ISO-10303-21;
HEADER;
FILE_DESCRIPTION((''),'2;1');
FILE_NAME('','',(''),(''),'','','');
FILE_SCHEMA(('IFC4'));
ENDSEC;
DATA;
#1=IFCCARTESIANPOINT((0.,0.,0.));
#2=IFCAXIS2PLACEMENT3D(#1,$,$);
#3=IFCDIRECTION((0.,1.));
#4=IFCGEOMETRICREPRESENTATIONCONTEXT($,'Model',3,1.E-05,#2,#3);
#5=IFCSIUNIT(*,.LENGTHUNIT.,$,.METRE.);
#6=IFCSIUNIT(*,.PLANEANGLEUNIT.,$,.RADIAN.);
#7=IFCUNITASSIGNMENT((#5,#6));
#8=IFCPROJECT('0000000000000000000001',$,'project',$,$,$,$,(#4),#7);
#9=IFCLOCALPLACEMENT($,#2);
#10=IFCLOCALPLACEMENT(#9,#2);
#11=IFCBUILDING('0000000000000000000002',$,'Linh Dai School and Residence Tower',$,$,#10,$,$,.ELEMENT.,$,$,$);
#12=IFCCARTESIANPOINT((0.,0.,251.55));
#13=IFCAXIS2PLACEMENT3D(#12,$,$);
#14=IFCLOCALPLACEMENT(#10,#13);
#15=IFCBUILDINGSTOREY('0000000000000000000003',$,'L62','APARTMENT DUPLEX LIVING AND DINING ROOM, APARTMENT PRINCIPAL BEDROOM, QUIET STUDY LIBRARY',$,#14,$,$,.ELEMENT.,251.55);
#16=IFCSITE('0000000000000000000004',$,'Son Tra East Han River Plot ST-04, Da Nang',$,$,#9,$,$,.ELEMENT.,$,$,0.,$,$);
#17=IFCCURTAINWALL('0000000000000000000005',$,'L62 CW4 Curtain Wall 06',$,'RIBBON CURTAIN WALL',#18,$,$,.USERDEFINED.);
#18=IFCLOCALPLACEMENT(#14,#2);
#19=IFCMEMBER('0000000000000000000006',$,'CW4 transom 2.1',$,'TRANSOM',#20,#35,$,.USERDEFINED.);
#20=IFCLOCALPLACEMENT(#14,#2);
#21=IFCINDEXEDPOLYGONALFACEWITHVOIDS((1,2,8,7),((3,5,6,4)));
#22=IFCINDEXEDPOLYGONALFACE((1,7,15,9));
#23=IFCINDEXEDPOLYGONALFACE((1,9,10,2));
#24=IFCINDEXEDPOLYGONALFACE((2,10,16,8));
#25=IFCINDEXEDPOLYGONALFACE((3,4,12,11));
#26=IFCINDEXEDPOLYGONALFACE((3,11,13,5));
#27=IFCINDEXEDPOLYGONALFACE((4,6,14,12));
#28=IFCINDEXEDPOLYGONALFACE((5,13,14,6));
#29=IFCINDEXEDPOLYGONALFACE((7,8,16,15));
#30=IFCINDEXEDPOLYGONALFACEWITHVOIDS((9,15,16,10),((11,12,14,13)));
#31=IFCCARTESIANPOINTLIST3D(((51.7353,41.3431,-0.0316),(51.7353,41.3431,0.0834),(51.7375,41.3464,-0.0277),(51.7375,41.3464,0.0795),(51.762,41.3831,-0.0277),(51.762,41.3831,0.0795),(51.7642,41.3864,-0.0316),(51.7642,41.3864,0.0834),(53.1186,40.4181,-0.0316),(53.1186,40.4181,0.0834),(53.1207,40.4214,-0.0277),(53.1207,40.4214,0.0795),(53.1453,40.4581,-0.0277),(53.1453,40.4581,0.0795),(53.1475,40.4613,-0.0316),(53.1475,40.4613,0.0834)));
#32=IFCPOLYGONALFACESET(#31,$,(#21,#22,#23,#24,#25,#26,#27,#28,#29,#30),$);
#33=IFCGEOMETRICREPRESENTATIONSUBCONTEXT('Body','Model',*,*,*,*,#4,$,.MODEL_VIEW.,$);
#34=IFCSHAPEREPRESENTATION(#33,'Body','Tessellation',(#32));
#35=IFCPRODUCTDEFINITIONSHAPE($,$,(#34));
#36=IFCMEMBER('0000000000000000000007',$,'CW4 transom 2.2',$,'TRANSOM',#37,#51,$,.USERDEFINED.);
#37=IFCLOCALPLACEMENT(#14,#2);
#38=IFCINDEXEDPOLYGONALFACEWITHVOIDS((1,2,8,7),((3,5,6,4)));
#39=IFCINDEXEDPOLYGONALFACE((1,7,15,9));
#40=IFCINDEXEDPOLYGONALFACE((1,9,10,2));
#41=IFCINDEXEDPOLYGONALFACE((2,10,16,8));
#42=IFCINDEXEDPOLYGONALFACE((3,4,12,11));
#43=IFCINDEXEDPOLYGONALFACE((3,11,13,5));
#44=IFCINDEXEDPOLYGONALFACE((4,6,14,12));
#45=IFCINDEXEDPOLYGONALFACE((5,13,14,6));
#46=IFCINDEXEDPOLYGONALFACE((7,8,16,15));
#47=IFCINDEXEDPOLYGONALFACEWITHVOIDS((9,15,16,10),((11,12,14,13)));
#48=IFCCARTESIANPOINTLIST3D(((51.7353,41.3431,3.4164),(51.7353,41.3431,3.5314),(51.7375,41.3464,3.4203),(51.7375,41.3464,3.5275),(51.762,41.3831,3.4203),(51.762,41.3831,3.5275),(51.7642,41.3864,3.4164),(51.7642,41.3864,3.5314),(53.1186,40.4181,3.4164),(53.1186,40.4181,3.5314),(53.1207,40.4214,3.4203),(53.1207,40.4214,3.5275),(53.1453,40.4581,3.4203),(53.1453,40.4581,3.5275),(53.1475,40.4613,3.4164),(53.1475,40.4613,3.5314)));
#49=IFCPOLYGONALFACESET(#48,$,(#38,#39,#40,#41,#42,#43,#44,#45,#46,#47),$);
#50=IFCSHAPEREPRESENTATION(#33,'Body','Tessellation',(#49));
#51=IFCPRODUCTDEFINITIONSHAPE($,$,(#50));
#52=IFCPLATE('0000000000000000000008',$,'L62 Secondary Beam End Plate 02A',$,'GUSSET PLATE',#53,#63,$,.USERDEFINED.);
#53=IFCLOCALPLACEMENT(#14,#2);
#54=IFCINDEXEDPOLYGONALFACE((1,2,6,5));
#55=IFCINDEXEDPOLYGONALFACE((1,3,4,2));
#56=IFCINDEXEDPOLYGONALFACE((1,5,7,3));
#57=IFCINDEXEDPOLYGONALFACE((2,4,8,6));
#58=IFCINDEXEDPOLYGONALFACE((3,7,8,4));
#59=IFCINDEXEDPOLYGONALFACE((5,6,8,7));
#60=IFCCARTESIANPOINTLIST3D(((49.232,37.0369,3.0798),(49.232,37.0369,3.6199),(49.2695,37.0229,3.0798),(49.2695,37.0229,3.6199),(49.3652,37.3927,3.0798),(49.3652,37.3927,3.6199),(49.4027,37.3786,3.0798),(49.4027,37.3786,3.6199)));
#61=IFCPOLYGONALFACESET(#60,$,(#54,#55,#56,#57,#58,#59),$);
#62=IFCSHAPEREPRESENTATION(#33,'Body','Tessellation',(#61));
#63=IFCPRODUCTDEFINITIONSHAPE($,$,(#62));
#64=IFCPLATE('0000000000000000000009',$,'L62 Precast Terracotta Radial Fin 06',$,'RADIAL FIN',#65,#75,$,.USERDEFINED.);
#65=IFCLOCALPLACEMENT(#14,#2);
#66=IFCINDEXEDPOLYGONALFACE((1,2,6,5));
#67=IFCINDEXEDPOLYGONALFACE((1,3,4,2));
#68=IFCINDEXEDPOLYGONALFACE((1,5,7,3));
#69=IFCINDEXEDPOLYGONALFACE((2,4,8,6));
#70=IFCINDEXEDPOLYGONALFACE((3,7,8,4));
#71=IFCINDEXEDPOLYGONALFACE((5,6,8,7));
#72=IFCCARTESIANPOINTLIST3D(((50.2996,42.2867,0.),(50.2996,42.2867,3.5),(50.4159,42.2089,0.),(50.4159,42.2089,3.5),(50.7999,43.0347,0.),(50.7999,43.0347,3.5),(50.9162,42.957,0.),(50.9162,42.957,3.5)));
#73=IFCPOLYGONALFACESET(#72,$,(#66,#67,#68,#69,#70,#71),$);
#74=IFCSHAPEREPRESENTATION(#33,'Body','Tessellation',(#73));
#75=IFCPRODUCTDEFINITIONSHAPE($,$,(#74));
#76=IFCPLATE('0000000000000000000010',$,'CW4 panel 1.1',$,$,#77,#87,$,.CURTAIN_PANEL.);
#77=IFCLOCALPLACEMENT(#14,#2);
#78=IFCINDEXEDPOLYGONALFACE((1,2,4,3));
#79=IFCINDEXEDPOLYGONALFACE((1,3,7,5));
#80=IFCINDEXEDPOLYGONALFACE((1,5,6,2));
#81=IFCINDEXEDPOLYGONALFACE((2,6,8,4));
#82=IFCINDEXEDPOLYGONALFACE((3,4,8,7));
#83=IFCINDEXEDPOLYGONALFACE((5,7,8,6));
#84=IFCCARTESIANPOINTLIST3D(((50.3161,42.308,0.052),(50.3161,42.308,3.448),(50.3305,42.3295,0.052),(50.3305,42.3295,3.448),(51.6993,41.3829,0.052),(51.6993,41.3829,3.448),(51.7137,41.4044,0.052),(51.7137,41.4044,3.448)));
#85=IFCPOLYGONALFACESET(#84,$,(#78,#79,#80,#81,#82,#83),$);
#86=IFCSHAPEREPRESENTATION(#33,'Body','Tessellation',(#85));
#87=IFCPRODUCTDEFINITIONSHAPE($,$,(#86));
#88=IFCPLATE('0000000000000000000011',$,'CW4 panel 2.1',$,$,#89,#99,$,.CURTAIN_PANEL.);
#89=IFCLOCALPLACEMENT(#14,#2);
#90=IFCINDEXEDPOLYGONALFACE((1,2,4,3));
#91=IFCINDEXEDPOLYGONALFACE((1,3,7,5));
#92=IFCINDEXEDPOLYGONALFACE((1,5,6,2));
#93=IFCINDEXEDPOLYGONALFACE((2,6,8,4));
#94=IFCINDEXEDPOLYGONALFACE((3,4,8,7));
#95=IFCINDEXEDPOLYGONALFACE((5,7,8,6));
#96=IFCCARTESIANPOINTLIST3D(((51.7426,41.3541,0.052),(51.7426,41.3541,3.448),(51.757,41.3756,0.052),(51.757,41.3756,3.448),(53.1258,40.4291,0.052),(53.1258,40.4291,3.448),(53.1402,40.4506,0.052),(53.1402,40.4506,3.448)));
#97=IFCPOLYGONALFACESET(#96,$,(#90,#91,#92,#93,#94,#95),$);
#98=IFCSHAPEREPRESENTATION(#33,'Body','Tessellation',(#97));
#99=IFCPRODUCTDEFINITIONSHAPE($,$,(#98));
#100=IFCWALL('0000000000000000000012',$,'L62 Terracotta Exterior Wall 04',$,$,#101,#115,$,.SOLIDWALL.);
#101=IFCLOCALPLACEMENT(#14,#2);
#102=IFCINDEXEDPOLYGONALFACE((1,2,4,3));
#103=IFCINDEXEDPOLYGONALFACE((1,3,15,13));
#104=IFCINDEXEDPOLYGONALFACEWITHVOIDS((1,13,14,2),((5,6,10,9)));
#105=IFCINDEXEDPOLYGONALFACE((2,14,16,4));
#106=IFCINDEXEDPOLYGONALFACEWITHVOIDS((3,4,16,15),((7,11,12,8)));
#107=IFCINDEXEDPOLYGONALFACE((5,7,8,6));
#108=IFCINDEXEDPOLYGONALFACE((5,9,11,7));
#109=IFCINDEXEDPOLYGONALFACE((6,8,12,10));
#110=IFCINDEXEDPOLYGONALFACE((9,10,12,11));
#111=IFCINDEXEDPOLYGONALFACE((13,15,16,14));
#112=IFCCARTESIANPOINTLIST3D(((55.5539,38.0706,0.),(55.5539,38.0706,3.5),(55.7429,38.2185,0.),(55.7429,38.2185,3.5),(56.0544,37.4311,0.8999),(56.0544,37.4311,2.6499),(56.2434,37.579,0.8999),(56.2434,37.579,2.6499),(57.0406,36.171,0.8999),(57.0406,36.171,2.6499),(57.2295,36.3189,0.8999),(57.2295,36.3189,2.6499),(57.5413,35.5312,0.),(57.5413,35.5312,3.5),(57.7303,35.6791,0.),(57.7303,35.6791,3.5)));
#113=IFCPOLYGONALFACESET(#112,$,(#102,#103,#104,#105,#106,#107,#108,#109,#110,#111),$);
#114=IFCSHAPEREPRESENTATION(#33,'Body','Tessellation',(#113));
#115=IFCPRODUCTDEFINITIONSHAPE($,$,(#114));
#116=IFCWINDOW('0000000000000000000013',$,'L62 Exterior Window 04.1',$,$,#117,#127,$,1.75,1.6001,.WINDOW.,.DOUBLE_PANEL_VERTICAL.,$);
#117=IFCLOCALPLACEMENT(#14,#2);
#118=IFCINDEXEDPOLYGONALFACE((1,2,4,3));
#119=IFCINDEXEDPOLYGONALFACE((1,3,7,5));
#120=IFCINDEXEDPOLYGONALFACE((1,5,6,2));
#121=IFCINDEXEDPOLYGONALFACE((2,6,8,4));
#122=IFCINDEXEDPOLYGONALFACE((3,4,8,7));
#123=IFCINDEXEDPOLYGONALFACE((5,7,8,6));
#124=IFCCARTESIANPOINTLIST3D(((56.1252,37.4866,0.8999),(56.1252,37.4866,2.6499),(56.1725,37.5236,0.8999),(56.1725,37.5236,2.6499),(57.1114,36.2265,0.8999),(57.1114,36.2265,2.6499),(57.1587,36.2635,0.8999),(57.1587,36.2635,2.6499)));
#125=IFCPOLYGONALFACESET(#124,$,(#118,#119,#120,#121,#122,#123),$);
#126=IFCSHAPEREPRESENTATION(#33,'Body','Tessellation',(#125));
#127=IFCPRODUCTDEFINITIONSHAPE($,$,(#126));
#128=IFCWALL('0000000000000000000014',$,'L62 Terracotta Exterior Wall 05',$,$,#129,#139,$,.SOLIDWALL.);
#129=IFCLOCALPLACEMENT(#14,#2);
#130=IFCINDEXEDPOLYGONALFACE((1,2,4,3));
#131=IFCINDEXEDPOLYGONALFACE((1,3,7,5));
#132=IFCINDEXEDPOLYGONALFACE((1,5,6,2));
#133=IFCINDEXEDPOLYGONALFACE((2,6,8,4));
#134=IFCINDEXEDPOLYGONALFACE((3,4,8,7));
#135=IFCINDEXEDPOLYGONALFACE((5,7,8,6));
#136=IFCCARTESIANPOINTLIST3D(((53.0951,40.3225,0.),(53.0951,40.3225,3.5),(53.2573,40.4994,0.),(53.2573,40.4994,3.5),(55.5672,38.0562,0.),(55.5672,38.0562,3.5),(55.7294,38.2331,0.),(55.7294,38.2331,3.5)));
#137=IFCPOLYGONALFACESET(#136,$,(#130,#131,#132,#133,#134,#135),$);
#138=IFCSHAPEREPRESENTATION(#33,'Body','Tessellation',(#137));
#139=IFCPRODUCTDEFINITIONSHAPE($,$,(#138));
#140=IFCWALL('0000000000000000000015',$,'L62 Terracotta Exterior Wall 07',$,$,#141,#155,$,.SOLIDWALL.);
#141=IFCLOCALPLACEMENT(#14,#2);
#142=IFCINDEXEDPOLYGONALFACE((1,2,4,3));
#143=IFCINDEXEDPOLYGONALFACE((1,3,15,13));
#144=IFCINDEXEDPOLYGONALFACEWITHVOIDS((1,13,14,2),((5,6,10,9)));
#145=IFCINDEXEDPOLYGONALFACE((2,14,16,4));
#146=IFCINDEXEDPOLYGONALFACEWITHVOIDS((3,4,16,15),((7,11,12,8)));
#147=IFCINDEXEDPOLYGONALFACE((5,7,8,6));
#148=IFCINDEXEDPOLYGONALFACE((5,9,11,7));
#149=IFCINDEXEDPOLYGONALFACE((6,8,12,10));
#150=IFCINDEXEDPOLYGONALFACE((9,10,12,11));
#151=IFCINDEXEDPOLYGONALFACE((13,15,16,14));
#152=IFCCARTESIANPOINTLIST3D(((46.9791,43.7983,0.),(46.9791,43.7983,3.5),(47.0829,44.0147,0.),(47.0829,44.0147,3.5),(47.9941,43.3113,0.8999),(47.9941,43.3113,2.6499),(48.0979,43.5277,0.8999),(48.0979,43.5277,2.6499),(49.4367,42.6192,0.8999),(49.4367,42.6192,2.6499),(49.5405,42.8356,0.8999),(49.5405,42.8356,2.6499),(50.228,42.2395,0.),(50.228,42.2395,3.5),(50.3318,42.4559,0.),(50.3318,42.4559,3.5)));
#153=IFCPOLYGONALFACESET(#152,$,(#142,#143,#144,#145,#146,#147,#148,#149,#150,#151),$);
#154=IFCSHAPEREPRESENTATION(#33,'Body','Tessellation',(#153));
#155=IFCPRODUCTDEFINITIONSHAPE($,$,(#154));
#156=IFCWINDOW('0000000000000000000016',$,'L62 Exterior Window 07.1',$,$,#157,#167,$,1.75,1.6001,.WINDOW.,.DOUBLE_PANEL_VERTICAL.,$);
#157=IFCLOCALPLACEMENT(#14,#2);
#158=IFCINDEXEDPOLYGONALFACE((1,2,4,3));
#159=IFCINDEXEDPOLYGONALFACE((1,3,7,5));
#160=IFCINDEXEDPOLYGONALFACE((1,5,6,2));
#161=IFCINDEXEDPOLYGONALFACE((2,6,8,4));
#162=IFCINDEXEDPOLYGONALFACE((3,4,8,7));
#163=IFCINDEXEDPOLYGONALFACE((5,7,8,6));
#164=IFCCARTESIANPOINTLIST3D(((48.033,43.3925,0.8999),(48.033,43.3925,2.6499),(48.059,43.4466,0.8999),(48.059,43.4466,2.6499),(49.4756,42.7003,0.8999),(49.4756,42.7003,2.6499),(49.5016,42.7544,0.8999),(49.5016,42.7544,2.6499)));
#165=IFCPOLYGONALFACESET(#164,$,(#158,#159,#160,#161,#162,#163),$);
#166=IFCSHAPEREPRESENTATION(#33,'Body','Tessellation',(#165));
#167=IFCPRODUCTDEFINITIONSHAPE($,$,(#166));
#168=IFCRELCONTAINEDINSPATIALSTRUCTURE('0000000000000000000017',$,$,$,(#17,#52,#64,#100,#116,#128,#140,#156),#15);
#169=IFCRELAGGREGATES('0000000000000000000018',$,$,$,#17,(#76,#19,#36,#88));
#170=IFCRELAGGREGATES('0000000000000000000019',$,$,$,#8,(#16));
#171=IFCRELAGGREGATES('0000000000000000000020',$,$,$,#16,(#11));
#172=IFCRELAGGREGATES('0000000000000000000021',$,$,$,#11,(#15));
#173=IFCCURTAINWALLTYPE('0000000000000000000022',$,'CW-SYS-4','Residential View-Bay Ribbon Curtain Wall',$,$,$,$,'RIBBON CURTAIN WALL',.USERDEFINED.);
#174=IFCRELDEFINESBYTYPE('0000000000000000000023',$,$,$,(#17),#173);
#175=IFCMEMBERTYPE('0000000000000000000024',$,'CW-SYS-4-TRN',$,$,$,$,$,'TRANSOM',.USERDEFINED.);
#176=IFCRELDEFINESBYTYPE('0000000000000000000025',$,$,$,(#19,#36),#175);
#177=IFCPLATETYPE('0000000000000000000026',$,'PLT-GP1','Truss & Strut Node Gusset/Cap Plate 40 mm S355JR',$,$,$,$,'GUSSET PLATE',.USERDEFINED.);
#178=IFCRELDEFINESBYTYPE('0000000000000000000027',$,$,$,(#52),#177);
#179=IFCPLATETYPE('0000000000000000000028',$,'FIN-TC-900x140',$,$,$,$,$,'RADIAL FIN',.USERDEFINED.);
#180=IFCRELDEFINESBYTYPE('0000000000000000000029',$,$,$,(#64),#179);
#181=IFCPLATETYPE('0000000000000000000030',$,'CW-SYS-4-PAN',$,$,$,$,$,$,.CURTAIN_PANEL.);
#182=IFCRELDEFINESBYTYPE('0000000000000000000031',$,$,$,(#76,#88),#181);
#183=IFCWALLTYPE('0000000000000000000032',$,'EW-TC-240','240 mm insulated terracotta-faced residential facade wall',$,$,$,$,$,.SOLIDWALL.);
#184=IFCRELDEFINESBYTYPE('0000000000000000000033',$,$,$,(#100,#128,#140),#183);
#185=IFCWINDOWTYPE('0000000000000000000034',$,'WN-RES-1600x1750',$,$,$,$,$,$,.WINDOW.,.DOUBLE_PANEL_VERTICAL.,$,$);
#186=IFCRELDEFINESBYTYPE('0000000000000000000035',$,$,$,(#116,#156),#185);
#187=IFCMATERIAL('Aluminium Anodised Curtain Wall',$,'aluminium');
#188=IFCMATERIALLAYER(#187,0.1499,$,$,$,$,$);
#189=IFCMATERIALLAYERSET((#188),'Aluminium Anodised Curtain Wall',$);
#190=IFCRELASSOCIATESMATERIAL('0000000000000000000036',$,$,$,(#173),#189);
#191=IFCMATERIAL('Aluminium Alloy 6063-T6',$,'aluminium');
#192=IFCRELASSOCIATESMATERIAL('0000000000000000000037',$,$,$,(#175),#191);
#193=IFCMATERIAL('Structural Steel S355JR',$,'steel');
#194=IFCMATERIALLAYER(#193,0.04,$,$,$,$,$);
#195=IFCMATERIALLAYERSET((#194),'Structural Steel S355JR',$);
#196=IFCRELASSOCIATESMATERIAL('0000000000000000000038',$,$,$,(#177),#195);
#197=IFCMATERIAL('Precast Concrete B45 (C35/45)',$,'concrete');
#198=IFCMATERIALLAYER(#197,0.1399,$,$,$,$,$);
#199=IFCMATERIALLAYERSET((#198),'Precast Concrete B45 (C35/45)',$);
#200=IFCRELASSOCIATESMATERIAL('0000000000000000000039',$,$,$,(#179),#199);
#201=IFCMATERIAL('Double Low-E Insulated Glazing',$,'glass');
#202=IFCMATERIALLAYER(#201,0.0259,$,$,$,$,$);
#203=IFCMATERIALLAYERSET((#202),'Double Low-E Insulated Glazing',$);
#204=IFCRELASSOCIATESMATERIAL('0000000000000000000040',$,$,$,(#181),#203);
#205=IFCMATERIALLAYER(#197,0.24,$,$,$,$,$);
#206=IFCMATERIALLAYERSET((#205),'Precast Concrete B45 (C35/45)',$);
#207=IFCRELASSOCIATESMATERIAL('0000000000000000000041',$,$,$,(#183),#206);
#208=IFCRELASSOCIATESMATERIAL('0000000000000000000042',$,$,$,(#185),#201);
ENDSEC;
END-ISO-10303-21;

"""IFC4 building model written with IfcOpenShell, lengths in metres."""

from ifc_helpers import new_model, si_unit, direction, frame, frame_2d, origin, origin_2d, place, context, subcontext, project, spatial, rectangle, hollow_rectangle, extrude, source, transform, mapped, material, layer, layer_set, material_profile, profile_set, type_object, element, fill, aggregate, save


model = new_model("IFC4")

# Units and contexts
model_context = context("Model", 3, precision=1e-05, world=origin(), true_north=direction((0.0, 1.0)))
body_context = subcontext(model_context, "Body", "Model", "MODEL_VIEW")
ifc_project = project(units=[si_unit("LENGTHUNIT", "METRE"), si_unit("PLANEANGLEUNIT", "RADIAN")], contexts=[model_context])

# Site, building, storey
site_placement = place(None, origin())
site = spatial("IfcSite", under=ifc_project, at=site_placement, Name="Son Tra East Han River Plot ST-04, Da Nang", CompositionType="ELEMENT", RefElevation=0.0)
building_placement = place(site_placement, origin())
building = spatial("IfcBuilding", under=site, at=building_placement, Name="Linh Dai School and Residence Tower", CompositionType="ELEMENT")
storey_placement = place(building_placement, frame((0.0, 0.0, 251.55)))
storey = spatial("IfcBuildingStorey", under=building, at=storey_placement, Name="L62", Description="APARTMENT DUPLEX LIVING AND DINING ROOM, APARTMENT PRINCIPAL BEDROOM, QUIET STUDY LIBRARY", CompositionType="ELEMENT", Elevation=251.55)

# Shared definitions
ifc_material_1 = material(Name="Structural Steel S355JR", Category="steel")

# Curtain wall, members
ifc_material_2 = material(Name="Aluminium Anodised Curtain Wall", Category="aluminium")
ifc_layer_1 = layer(ifc_material_2, 0.1499)
ifc_layer_set_1 = layer_set([ifc_layer_1], Name="Aluminium Anodised Curtain Wall")
curtain_wall_type = type_object("IfcCurtainWallType", Name="CW-SYS-4", Description="Residential View-Bay Ribbon Curtain Wall", ElementType="RIBBON CURTAIN WALL", PredefinedType="USERDEFINED", material=ifc_layer_set_1)
curtain_wall_placement = place(storey_placement, origin())
curtain_wall = element("IfcCurtainWall", 1, at=curtain_wall_placement, inside=storey, type_object=curtain_wall_type, Name="L62 CW4 Curtain Wall 06", ObjectType="RIBBON CURTAIN WALL", PredefinedType="USERDEFINED")
ifc_material_3 = material(Name="Aluminium Alloy 6063-T6", Category="aluminium")
ifc_material_profile_1 = material_profile(ifc_material_3, hollow_rectangle(XDim=0.052, YDim=0.115, WallThickness=0.0039, at=origin_2d()), Name="RHS 115x52x4")
ifc_profile_set_1 = profile_set([ifc_material_profile_1], Name="Aluminium Alloy 6063-T6")
member_type_1 = type_object("IfcMemberType", Name="CW-SYS-4-TRN", ElementType="TRANSOM", PredefinedType="USERDEFINED", material=ifc_profile_set_1)
shared_shape_1 = source(origin(), body_context, "Body", "SweptSolid", [
    extrude(hollow_rectangle(XDim=0.052, YDim=0.115, WallThickness=0.0039, at=origin_2d()), origin(), (0.0, 0.0, 1.0), 1.6641),
])
member_1_placement = place(storey_placement, frame((51.7498, 41.3647, 0.0259), z_axis=(0.831259, -0.555885, 0.0), x_axis=(0.555885, 0.831259, 0.0)))
member_1 = element("IfcMember", 2, at=member_1_placement, type_object=member_type_1, Name="CW4 transom 2.1", ObjectType="TRANSOM", PredefinedType="USERDEFINED", context=body_context, shape_type="MappedRepresentation", body=[
    mapped(shared_shape_1, transform((0.0, 0.0, 0.0), x_axis=(1.0, 0.0, 0.0), y_axis=(0.0, 1.0, 0.0), z_axis=(0.0, 0.0, 1.0), scale=1.0)),
])
member_2_placement = place(storey_placement, frame((51.7498, 41.3647, 3.4739), z_axis=(0.831259, -0.555885, 0.0), x_axis=(0.555885, 0.831259, 0.0)))
member_2 = element("IfcMember", 3, at=member_2_placement, type_object=member_type_1, Name="CW4 transom 2.2", ObjectType="TRANSOM", PredefinedType="USERDEFINED", context=body_context, shape_type="MappedRepresentation", body=[
    mapped(shared_shape_1, transform((0.0, 0.0, 0.0), x_axis=(1.0, 0.0, 0.0), y_axis=(0.0, 1.0, 0.0), z_axis=(0.0, 0.0, 1.0), scale=1.0)),
])

# Plates
ifc_layer_2 = layer(ifc_material_1, 0.04)
ifc_layer_set_2 = layer_set([ifc_layer_2], Name="Structural Steel S355JR")
plate_type_1 = type_object("IfcPlateType", Name="PLT-GP1", Description="Truss & Strut Node Gusset/Cap Plate 40 mm S355JR", ElementType="GUSSET PLATE", PredefinedType="USERDEFINED", material=ifc_layer_set_2)
shared_shape_2 = source(origin(), body_context, "Body", "SweptSolid", [
    extrude(rectangle(XDim=0.04, YDim=0.3799, at=origin_2d()), origin(), (0.0, 0.0, 1.0), 0.54),
])
plate_1_placement = place(storey_placement, frame((49.3174, 37.2078, 3.0798), z_axis=(0.0, 0.0, 1.0), x_axis=(-0.936534, 0.350577, 0.0)))
element("IfcPlate", 4, at=plate_1_placement, inside=storey, type_object=plate_type_1, Name="L62 Secondary Beam End Plate 02A", ObjectType="GUSSET PLATE", PredefinedType="USERDEFINED", context=body_context, shape_type="MappedRepresentation", body=[
    mapped(shared_shape_2, transform((0.0, 0.0, 0.0), x_axis=(1.0, 0.0, 0.0), y_axis=(0.0, 1.0, 0.0), z_axis=(0.0, 0.0, 1.0), scale=1.0)),
])
ifc_material_4 = material(Name="Precast Concrete B45 (C35/45)", Category="concrete")
ifc_layer_3 = layer(ifc_material_4, 0.1399)
ifc_layer_set_3 = layer_set([ifc_layer_3], Name="Precast Concrete B45 (C35/45)")
plate_type_2 = type_object("IfcPlateType", Name="FIN-TC-900x140", ElementType="RADIAL FIN", PredefinedType="USERDEFINED", material=ifc_layer_set_3)
shared_shape_3 = source(origin(), body_context, "Body", "SweptSolid", [
    extrude(rectangle(XDim=0.8999, YDim=0.1399, at=origin_2d()), origin(), (0.0, 0.0, 1.0), 3.5),
])
plate_2_placement = place(storey_placement, frame((50.6079, 42.6218, 0.0), z_axis=(0.0, 0.0, 1.0), x_axis=(0.555887, 0.831258, 0.0)))
element("IfcPlate", 5, at=plate_2_placement, inside=storey, type_object=plate_type_2, Name="L62 Precast Terracotta Radial Fin 06", ObjectType="RADIAL FIN", PredefinedType="USERDEFINED", context=body_context, shape_type="MappedRepresentation", body=[
    mapped(shared_shape_3, transform((0.0, 0.0, 0.0), x_axis=(1.0, 0.0, 0.0), y_axis=(0.0, 1.0, 0.0), z_axis=(0.0, 0.0, 1.0), scale=1.0)),
])

# Plates
ifc_material_5 = material(Name="Double Low-E Insulated Glazing", Category="glass")
ifc_layer_4 = layer(ifc_material_5, 0.0259)
ifc_layer_set_4 = layer_set([ifc_layer_4], Name="Double Low-E Insulated Glazing")
plate_type_3 = type_object("IfcPlateType", Name="CW-SYS-4-PAN", PredefinedType="CURTAIN_PANEL", material=ifc_layer_set_4)
shared_shape_4 = source(origin(), body_context, "Body", "SweptSolid", [
    extrude(rectangle(XDim=1.6641, YDim=0.0259, at=origin_2d()), origin(), (0.0, 0.0, 1.0), 3.396),
])
plate_3_placement = place(storey_placement, frame((51.0149, 41.8562, 0.052), z_axis=(0.0, 0.0, 1.0), x_axis=(0.831258, -0.555887, 0.0)))
plate_3 = element("IfcPlate", 6, at=plate_3_placement, type_object=plate_type_3, Name="CW4 panel 1.1", PredefinedType="CURTAIN_PANEL", context=body_context, shape_type="MappedRepresentation", body=[
    mapped(shared_shape_4, transform((0.0, 0.0, 0.0), x_axis=(1.0, 0.0, 0.0), y_axis=(0.0, 1.0, 0.0), z_axis=(0.0, 0.0, 1.0), scale=1.0)),
])
plate_4_placement = place(storey_placement, frame((52.4414, 40.9023, 0.052), z_axis=(0.0, 0.0, 1.0), x_axis=(0.831258, -0.555887, 0.0)))
plate_4 = element("IfcPlate", 7, at=plate_4_placement, type_object=plate_type_3, Name="CW4 panel 2.1", PredefinedType="CURTAIN_PANEL", context=body_context, shape_type="MappedRepresentation", body=[
    mapped(shared_shape_4, transform((0.0, 0.0, 0.0), x_axis=(1.0, 0.0, 0.0), y_axis=(0.0, 1.0, 0.0), z_axis=(0.0, 0.0, 1.0), scale=1.0)),
])
aggregate(curtain_wall, [plate_3, member_1, member_2, plate_4])

# Wall, opening, window
ifc_layer_5 = layer(ifc_material_4, 0.24)
ifc_layer_set_5 = layer_set([ifc_layer_5], Name="Precast Concrete B45 (C35/45)")
wall_type_1 = type_object("IfcWallType", Name="EW-TC-240", Description="240 mm insulated terracotta-faced residential facade wall", PredefinedType="SOLIDWALL", material=ifc_layer_set_5)
wall_1_placement = place(storey_placement, frame((55.6484, 38.1445, 0.0), z_axis=(0.0, 0.0, 1.0), x_axis=(0.616312, -0.787502, 0.0)))
wall_1 = element("IfcWall", 8, at=wall_1_placement, inside=storey, type_object=wall_type_1, Name="L62 Terracotta Exterior Wall 04", PredefinedType="SOLIDWALL", context=body_context, shape_type="SweptSolid", body=[
    extrude(rectangle(XDim=3.2246, YDim=0.24, at=frame_2d((1.6123, 0.0))), origin(), (0.0, 0.0, 1.0), 3.5),
])
opening_1_placement = place(wall_1_placement, frame((0.812, 0.0, 0.8999)))
opening_1 = element("IfcOpeningElement", 9, at=opening_1_placement, cuts=wall_1, PredefinedType="OPENING", context=body_context, shape_type="SweptSolid", body=[
    extrude(rectangle(XDim=1.6001, YDim=1.75, at=origin_2d()), frame((0.8, 0.1299, 0.875), z_axis=(0.0, -1.0, 0.0), x_axis=(1.0, 0.0, 0.0)), (0.0, 0.0, 1.0), 0.26),
])
window_type = type_object("IfcWindowType", Name="WN-RES-1600x1750", PartitioningType="DOUBLE_PANEL_VERTICAL", PredefinedType="WINDOW", material=ifc_material_5)
shared_shape_5 = source(origin(), body_context, "Body", "SweptSolid", [
    extrude(rectangle(XDim=1.6001, YDim=1.75, at=origin_2d()), frame((0.8, 0.03, 0.875), z_axis=(0.0, -1.0, 0.0), x_axis=(1.0, 0.0, 0.0)), (0.0, 0.0, 1.0), 0.0601),
])
window_1_placement = place(opening_1_placement, origin())
window_1 = element("IfcWindow", 10, at=window_1_placement, inside=storey, type_object=window_type, Name="L62 Exterior Window 04.1", OverallHeight=1.75, OverallWidth=1.6001, PartitioningType="DOUBLE_PANEL_VERTICAL", PredefinedType="WINDOW", context=body_context, shape_type="MappedRepresentation", body=[
    mapped(shared_shape_5, transform((0.0, 0.0, 0.0), x_axis=(1.0, 0.0, 0.0), y_axis=(0.0, 1.0, 0.0), z_axis=(0.0, 0.0, 1.0), scale=1.0)),
])
fill(opening_1, window_1)

# Wall
wall_2_placement = place(storey_placement, frame((53.1763, 40.4109, 0.0), z_axis=(0.0, 0.0, 1.0), x_axis=(0.737124, -0.675758, 0.0)))
element("IfcWall", 11, at=wall_2_placement, inside=storey, type_object=wall_type_1, Name="L62 Terracotta Exterior Wall 05", PredefinedType="SOLIDWALL", context=body_context, shape_type="SweptSolid", body=[
    extrude(rectangle(XDim=3.3538, YDim=0.24, at=frame_2d((1.6768, 0.0))), origin(), (0.0, 0.0, 1.0), 3.5),
])

# Wall, opening, window
wall_3_placement = place(storey_placement, frame((47.031, 43.9065, 0.0), z_axis=(0.0, 0.0, 1.0), x_axis=(0.901598, -0.432575, 0.0)))
wall_3 = element("IfcWall", 12, at=wall_3_placement, inside=storey, type_object=wall_type_1, Name="L62 Terracotta Exterior Wall 07", PredefinedType="SOLIDWALL", context=body_context, shape_type="SweptSolid", body=[
    extrude(rectangle(XDim=3.6035, YDim=0.24, at=frame_2d((1.8018, 0.0))), origin(), (0.0, 0.0, 1.0), 3.5),
])
opening_2_placement = place(wall_3_placement, frame((1.1257, 0.0, 0.8999)))
opening_2 = element("IfcOpeningElement", 13, at=opening_2_placement, cuts=wall_3, PredefinedType="OPENING", context=body_context, shape_type="SweptSolid", body=[
    extrude(rectangle(XDim=1.6001, YDim=1.75, at=origin_2d()), frame((0.8, 0.1299, 0.875), z_axis=(0.0, -1.0, 0.0), x_axis=(1.0, 0.0, 0.0)), (0.0, 0.0, 1.0), 0.26),
])
window_2_placement = place(opening_2_placement, origin())
window_2 = element("IfcWindow", 14, at=window_2_placement, inside=storey, type_object=window_type, Name="L62 Exterior Window 07.1", OverallHeight=1.75, OverallWidth=1.6001, PartitioningType="DOUBLE_PANEL_VERTICAL", PredefinedType="WINDOW", context=body_context, shape_type="MappedRepresentation", body=[
    mapped(shared_shape_5, transform((0.0, 0.0, 0.0), x_axis=(1.0, 0.0, 0.0), y_axis=(0.0, 1.0, 0.0), z_axis=(0.0, 0.0, 1.0), scale=1.0)),
])
fill(opening_2, window_2)

save(model, "model.ifc")
